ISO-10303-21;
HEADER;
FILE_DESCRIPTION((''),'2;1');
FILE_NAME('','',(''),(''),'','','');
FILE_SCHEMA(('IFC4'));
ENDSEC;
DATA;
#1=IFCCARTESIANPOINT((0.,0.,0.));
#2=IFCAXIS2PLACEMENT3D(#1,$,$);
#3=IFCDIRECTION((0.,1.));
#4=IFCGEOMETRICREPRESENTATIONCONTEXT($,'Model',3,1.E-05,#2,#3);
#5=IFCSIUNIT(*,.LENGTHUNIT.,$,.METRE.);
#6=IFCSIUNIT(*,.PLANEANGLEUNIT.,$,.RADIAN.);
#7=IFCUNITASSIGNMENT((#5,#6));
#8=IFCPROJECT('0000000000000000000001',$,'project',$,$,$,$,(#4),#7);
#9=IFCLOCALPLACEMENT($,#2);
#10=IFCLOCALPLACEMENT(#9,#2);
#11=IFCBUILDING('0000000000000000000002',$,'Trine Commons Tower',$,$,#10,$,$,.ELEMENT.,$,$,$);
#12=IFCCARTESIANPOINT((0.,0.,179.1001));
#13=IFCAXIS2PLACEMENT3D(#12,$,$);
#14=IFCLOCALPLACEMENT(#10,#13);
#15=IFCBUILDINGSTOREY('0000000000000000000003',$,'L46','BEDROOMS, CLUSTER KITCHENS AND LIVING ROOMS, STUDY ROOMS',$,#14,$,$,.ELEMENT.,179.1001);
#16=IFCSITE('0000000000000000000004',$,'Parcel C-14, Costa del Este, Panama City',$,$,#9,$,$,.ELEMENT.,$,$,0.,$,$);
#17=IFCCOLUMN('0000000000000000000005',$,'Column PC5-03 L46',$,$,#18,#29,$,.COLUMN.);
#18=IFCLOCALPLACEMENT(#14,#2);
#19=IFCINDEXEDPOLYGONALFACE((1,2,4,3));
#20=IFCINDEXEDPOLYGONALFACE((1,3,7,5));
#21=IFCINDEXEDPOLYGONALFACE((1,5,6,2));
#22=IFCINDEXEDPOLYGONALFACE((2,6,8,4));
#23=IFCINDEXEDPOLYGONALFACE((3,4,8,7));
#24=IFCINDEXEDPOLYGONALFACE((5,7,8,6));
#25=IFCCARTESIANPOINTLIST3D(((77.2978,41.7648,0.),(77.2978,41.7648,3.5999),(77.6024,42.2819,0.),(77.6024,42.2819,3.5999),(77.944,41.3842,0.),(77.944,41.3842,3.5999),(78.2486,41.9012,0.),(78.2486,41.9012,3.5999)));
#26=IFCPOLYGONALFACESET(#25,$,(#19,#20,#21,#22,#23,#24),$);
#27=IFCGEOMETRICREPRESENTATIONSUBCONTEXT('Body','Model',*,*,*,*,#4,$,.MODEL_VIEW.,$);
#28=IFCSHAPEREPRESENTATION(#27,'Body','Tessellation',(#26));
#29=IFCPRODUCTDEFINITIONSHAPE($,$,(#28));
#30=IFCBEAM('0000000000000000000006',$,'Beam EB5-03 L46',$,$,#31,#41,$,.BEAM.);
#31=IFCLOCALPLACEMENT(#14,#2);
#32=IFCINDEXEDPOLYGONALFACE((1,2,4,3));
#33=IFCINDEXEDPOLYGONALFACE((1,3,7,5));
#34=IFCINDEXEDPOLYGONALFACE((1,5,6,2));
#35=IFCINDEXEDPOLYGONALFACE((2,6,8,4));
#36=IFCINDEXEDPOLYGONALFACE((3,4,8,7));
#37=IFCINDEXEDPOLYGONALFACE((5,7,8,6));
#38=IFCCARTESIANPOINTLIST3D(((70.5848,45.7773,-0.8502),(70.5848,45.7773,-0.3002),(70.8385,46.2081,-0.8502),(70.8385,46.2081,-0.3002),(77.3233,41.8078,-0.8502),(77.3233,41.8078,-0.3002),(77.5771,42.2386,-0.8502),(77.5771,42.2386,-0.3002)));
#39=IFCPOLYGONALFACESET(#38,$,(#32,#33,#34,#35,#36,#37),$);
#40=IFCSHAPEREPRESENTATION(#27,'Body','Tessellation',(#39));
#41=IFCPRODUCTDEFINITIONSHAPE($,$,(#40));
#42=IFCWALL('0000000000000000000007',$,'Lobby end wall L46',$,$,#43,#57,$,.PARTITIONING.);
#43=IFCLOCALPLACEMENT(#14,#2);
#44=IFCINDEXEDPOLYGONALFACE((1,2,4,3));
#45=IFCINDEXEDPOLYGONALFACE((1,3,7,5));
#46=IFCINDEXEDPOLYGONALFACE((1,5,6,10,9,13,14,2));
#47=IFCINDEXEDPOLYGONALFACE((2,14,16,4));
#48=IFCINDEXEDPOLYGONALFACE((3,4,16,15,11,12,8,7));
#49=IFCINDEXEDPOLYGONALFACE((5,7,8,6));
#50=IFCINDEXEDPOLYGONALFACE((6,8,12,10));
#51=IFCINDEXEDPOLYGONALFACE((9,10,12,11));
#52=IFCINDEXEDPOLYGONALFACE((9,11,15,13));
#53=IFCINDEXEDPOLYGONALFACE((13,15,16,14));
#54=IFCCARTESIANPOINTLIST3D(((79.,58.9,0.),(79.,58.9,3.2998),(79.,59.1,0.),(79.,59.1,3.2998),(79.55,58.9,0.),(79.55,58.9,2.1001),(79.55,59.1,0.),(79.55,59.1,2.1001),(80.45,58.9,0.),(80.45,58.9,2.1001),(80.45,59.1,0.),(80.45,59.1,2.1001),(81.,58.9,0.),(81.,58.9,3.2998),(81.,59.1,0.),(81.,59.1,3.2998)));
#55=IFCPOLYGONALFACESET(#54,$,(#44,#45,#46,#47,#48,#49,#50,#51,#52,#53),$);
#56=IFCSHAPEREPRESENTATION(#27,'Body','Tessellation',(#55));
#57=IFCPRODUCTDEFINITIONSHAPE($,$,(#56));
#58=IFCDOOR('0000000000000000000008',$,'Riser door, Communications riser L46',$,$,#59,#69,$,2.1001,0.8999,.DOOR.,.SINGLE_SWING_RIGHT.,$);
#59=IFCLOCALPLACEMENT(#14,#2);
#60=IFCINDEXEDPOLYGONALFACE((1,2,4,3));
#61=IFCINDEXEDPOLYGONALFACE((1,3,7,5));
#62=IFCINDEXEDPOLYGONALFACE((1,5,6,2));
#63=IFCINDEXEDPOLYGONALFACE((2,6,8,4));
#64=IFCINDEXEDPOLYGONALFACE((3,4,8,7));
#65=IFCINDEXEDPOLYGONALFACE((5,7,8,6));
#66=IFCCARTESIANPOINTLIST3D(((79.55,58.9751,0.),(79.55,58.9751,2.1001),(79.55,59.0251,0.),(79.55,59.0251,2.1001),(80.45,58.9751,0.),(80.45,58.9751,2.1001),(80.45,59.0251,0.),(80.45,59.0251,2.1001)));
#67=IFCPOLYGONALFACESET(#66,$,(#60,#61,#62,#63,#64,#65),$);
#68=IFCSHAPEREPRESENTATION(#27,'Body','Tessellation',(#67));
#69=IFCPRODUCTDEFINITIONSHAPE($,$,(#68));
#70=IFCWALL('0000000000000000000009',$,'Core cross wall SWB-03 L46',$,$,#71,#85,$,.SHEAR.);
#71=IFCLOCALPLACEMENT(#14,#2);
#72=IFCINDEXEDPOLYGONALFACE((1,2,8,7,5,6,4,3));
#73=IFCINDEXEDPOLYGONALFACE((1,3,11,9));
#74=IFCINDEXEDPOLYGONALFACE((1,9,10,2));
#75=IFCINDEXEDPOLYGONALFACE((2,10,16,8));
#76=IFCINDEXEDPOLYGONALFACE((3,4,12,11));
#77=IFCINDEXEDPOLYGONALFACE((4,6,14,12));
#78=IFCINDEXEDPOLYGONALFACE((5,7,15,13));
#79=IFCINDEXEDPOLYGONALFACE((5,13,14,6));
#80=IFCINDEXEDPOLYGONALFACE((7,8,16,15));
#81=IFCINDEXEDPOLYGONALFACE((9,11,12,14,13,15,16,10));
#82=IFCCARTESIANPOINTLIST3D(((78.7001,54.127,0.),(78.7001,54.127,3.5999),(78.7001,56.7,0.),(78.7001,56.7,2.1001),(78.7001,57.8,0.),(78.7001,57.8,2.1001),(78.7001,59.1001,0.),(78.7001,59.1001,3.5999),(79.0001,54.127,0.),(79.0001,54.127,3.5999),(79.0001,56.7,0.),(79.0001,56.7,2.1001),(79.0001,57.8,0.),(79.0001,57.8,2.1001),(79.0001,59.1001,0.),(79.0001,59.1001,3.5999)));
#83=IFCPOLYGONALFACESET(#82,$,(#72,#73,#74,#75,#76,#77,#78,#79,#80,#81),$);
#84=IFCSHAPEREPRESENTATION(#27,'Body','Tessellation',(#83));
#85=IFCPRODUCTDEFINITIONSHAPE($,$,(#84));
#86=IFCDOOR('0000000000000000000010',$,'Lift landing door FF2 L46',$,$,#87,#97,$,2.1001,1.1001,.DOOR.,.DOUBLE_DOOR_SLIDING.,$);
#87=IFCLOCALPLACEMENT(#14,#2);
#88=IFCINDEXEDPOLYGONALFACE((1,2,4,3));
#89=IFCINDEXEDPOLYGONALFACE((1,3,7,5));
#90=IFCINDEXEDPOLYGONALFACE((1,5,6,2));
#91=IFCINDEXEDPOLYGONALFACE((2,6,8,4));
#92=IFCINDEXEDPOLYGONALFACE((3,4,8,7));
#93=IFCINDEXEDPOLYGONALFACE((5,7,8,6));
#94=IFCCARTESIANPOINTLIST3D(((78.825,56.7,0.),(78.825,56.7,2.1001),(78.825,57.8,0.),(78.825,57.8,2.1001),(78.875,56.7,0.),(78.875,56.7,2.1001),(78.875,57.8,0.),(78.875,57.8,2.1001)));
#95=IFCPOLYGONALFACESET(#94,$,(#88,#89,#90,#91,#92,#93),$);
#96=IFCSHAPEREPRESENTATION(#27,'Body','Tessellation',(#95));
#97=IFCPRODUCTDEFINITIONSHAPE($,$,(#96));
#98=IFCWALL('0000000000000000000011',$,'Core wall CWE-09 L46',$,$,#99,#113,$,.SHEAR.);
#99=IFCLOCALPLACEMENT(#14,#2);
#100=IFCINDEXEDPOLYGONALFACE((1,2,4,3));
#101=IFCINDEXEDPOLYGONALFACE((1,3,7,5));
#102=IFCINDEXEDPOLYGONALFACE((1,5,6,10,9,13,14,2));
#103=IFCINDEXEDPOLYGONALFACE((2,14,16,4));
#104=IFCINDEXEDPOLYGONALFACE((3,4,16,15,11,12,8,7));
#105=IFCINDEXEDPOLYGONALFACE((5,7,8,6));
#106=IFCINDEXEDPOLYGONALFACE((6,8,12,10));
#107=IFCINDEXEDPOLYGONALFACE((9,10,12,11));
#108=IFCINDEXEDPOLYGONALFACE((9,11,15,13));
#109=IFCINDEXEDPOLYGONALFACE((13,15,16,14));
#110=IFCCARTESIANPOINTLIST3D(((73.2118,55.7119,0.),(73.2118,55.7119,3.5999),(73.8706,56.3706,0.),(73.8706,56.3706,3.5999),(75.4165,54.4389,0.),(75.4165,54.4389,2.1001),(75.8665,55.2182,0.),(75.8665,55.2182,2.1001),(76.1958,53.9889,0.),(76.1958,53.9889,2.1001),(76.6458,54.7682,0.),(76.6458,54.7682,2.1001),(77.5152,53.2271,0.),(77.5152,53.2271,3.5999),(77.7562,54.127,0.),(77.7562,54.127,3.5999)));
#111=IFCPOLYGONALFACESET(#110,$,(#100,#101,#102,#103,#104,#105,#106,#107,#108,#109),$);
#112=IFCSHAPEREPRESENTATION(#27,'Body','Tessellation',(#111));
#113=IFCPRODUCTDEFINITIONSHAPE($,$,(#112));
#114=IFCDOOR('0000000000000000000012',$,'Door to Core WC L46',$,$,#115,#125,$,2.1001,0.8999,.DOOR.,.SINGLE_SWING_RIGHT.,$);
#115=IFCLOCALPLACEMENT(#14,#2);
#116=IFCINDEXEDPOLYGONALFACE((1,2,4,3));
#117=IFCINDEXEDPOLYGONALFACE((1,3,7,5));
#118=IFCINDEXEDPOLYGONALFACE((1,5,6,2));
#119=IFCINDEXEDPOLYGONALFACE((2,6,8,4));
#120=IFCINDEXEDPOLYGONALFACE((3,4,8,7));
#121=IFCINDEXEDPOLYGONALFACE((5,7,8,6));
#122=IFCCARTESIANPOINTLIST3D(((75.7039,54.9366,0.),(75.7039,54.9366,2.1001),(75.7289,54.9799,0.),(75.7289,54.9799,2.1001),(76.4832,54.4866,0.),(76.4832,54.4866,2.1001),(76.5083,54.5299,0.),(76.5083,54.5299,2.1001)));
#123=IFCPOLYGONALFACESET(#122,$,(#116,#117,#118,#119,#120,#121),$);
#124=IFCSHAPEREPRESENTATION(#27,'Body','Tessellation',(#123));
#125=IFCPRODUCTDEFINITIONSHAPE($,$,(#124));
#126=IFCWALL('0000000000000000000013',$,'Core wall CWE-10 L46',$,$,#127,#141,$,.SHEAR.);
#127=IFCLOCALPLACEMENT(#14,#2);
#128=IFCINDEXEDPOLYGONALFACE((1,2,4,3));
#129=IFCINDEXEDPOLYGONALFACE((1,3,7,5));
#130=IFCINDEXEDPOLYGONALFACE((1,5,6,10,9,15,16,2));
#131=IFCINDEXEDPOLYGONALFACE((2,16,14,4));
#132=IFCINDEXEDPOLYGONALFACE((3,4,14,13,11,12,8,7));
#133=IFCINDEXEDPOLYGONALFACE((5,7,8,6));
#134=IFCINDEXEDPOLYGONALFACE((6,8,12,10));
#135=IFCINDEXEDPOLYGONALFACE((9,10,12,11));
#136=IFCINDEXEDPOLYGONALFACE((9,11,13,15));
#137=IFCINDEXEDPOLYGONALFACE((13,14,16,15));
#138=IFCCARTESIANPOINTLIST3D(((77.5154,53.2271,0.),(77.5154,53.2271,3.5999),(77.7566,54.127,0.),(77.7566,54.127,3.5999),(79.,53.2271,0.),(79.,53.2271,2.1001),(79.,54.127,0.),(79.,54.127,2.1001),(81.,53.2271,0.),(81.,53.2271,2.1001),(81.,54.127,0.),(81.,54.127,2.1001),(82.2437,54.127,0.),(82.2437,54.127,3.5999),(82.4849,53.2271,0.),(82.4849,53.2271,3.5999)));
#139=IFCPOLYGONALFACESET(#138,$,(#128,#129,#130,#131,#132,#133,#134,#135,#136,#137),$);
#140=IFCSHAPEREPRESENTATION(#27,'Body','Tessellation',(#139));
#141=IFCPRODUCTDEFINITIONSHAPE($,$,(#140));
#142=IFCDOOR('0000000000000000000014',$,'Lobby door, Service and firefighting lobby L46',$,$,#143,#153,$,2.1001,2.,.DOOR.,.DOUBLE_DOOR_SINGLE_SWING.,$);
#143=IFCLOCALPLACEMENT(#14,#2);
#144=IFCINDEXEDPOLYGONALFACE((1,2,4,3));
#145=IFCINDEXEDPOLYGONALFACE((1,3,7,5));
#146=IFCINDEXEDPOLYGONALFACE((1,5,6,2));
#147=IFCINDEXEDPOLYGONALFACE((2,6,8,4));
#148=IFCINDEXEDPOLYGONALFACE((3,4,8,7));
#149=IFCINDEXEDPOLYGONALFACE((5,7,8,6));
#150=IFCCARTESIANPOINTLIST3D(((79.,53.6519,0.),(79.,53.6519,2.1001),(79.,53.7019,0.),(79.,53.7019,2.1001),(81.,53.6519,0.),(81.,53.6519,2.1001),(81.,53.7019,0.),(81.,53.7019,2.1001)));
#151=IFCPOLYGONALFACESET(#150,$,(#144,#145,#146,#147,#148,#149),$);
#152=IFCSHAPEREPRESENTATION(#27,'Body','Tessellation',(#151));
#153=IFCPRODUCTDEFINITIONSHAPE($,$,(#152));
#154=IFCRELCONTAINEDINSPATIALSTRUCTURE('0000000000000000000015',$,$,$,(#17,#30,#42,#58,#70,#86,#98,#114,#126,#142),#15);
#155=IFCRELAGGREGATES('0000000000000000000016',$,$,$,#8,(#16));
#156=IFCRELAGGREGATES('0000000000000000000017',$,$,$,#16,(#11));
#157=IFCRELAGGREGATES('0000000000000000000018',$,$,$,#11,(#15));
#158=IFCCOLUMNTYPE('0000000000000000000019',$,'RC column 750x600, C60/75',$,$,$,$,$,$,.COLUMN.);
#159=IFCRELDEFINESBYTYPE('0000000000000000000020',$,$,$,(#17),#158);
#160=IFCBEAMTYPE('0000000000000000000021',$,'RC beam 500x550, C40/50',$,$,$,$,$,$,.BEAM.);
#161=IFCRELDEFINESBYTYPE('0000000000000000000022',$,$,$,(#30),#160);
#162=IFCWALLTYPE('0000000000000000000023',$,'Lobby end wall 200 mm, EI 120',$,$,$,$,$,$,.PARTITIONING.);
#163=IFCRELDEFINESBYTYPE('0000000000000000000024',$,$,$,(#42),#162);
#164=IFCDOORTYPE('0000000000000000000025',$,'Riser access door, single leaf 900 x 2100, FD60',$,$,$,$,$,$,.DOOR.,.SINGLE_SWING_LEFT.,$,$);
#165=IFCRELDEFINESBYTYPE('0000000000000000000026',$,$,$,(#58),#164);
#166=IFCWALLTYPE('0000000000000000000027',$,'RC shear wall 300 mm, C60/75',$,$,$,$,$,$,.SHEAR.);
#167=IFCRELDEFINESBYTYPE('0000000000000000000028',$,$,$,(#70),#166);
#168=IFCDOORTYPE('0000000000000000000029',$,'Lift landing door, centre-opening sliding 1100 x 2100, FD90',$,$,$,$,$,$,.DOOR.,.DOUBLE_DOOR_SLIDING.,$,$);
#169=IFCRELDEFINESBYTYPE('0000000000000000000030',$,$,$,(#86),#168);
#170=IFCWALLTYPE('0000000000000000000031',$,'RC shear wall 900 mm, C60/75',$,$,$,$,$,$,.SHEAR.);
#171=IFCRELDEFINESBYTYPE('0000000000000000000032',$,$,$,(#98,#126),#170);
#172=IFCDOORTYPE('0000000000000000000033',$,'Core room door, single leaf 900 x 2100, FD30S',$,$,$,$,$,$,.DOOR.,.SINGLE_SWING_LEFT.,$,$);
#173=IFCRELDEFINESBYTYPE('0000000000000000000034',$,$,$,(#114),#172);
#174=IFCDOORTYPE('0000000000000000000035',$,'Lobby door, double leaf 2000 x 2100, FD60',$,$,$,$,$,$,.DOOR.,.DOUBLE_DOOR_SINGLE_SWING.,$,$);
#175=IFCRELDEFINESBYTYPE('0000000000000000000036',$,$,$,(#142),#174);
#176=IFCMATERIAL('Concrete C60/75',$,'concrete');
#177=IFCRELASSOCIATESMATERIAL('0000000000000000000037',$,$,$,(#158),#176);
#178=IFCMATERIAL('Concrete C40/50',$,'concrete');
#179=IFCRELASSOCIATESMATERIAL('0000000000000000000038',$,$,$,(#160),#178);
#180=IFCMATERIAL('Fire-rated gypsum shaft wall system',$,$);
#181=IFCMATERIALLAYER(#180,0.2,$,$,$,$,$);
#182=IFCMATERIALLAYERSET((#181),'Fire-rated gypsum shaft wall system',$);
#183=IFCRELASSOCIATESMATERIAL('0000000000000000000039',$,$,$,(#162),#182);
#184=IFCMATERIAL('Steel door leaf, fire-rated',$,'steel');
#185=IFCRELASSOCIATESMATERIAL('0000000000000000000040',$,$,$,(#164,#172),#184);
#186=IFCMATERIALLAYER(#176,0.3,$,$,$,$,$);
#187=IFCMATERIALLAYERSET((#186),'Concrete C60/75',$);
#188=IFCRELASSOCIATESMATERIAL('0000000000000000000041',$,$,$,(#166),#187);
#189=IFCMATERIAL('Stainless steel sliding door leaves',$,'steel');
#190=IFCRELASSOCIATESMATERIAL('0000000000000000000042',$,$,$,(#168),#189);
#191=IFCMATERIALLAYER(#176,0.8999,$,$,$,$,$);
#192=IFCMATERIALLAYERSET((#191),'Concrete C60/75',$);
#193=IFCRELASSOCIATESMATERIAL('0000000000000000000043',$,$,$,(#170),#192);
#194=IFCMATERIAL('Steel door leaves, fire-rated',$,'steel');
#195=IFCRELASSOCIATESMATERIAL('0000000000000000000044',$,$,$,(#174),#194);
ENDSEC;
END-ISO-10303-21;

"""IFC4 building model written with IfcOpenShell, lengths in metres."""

from ifc_helpers import new_model, si_unit, direction, frame, frame_2d, origin, origin_2d, place, context, subcontext, project, spatial, polyline, rectangle, outline, extrude, material, layer, layer_set, material_profile, profile_set, type_object, element, fill, save


model = new_model("IFC4")

# Units and contexts
model_context = context("Model", 3, precision=1e-05, world=origin(), true_north=direction((0.0, 1.0)))
body_context = subcontext(model_context, "Body", "Model", "MODEL_VIEW")
ifc_project = project(units=[si_unit("LENGTHUNIT", "METRE"), si_unit("PLANEANGLEUNIT", "RADIAN")], contexts=[model_context])

# Site, building, storey
site_placement = place(None, origin())
site = spatial("IfcSite", under=ifc_project, at=site_placement, Name="Parcel C-14, Costa del Este, Panama City", CompositionType="ELEMENT", RefElevation=0.0)
building_placement = place(site_placement, origin())
building = spatial("IfcBuilding", under=site, at=building_placement, Name="Trine Commons Tower", CompositionType="ELEMENT")
storey_placement = place(building_placement, frame((0.0, 0.0, 179.1001)))
storey = spatial("IfcBuildingStorey", under=building, at=storey_placement, Name="L46", Description="BEDROOMS, CLUSTER KITCHENS AND LIVING ROOMS, STUDY ROOMS", CompositionType="ELEMENT", Elevation=179.1001)

# Column
ifc_material_1 = material(Name="Concrete C60/75", Category="concrete")
ifc_material_profile_1 = material_profile(ifc_material_1, rectangle(XDim=0.75, YDim=0.6001, at=origin_2d()), Name="RC 750x600")
ifc_profile_set_1 = profile_set([ifc_material_profile_1], Name="Concrete C60/75")
column_type = type_object("IfcColumnType", Name="RC column 750x600, C60/75", PredefinedType="COLUMN", material=ifc_profile_set_1)
column_placement = place(storey_placement, frame((77.7732, 41.833, 0.0), z_axis=(0.0, 0.0, 1.0), x_axis=(-0.861629, 0.507538, 0.0)))
element("IfcColumn", 1, at=column_placement, inside=storey, type_object=column_type, Name="Column PC5-03 L46", PredefinedType="COLUMN", context=body_context, shape_type="SweptSolid", body=[
    extrude(rectangle(XDim=0.75, YDim=0.6001, at=origin_2d()), origin(), (0.0, 0.0, 1.0), 3.5999),
])

# Beam
ifc_material_2 = material(Name="Concrete C40/50", Category="concrete")
ifc_material_profile_2 = material_profile(ifc_material_2, rectangle(XDim=0.5, YDim=0.55, at=origin_2d()), Name="RC 500x550")
ifc_profile_set_2 = profile_set([ifc_material_profile_2], Name="Concrete C40/50")
beam_type = type_object("IfcBeamType", Name="RC beam 500x550, C40/50", PredefinedType="BEAM", material=ifc_profile_set_2)
beam_placement = place(storey_placement, frame((77.4502, 42.0232, -0.5752), z_axis=(-0.861619, 0.507556, 0.0), x_axis=(-0.507556, -0.861619, 0.0)))
element("IfcBeam", 2, at=beam_placement, inside=storey, type_object=beam_type, Name="Beam EB5-03 L46", PredefinedType="BEAM", context=body_context, shape_type="SweptSolid", body=[
    extrude(rectangle(XDim=0.5, YDim=0.55, at=origin_2d()), origin(), (0.0, 0.0, 1.0), 7.8208),
])

# Walls, openings, doors
ifc_material_3 = material(Name="Fire-rated gypsum shaft wall system")
ifc_layer_1 = layer(ifc_material_3, 0.2)
ifc_layer_set_1 = layer_set([ifc_layer_1], Name="Fire-rated gypsum shaft wall system")
wall_type_1 = type_object("IfcWallType", Name="Lobby end wall 200 mm, EI 120", PredefinedType="PARTITIONING", material=ifc_layer_set_1)
wall_1_placement = place(storey_placement, frame((79.0, 59.0, 0.0), z_axis=(0.0, 0.0, 1.0), x_axis=(1.0, 0.0, 0.0)))
wall_1 = element("IfcWall", 3, at=wall_1_placement, inside=storey, type_object=wall_type_1, Name="Lobby end wall L46", PredefinedType="PARTITIONING", context=body_context, shape_type="SweptSolid", body=[
    extrude(rectangle(XDim=2.0, YDim=0.2, at=frame_2d((1.0, 0.0))), origin(), (0.0, 0.0, 1.0), 3.2998),
])
opening_1_placement = place(wall_1_placement, frame((0.55, 0.0, 0.0)))
opening_1 = element("IfcOpeningElement", 4, at=opening_1_placement, cuts=wall_1, PredefinedType="OPENING", context=body_context, shape_type="SweptSolid", body=[
    extrude(rectangle(XDim=0.8999, YDim=2.1001, at=frame_2d((0.45, 1.05))), frame((0.0, 0.1099, 0.0), z_axis=(0.0, -1.0, 0.0), x_axis=(1.0, 0.0, 0.0)), (0.0, 0.0, 1.0), 0.22),
])
ifc_material_4 = material(Name="Steel door leaf, fire-rated", Category="steel")
door_type_1 = type_object("IfcDoorType", Name="Riser access door, single leaf 900 x 2100, FD60", OperationType="SINGLE_SWING_LEFT", PredefinedType="DOOR", material=ifc_material_4)
door_1_placement = place(opening_1_placement, frame((0.8999, 0.0, 0.0), z_axis=(0.0, 0.0, 1.0), x_axis=(-1.0, 0.0, 0.0)))
door_1 = element("IfcDoor", 5, at=door_1_placement, inside=storey, type_object=door_type_1, Name="Riser door, Communications riser L46", OperationType="SINGLE_SWING_RIGHT", OverallHeight=2.1001, OverallWidth=0.8999, PredefinedType="DOOR", context=body_context, shape_type="SweptSolid", body=[
    extrude(rectangle(XDim=0.8999, YDim=2.1001, at=frame_2d((0.45, 1.05))), frame((0.0, 0.0249, 0.0), z_axis=(0.0, -1.0, 0.0), x_axis=(1.0, 0.0, 0.0)), (0.0, 0.0, 1.0), 0.05),
])
fill(opening_1, door_1)
ifc_layer_2 = layer(ifc_material_1, 0.3)
ifc_layer_set_2 = layer_set([ifc_layer_2], Name="Concrete C60/75")
wall_type_2 = type_object("IfcWallType", Name="RC shear wall 300 mm, C60/75", PredefinedType="SHEAR", material=ifc_layer_set_2)
wall_2_placement = place(storey_placement, frame((78.8501, 59.1001, 0.0), z_axis=(0.0, 0.0, 1.0), x_axis=(0.0, -1.0, 0.0)))
wall_2 = element("IfcWall", 6, at=wall_2_placement, inside=storey, type_object=wall_type_2, Name="Core cross wall SWB-03 L46", PredefinedType="SHEAR", context=body_context, shape_type="SweptSolid", body=[
    extrude(rectangle(XDim=4.9731, YDim=0.3, at=frame_2d((2.4866, 0.0))), origin(), (0.0, 0.0, 1.0), 3.5999),
])
opening_2_placement = place(wall_2_placement, frame((1.3, 0.0, 0.0)))
opening_2 = element("IfcOpeningElement", 7, at=opening_2_placement, cuts=wall_2, PredefinedType="OPENING", context=body_context, shape_type="SweptSolid", body=[
    extrude(rectangle(XDim=1.1001, YDim=2.1001, at=frame_2d((0.55, 1.05))), frame((0.0, 0.1599, 0.0), z_axis=(0.0, -1.0, 0.0), x_axis=(1.0, 0.0, 0.0)), (0.0, 0.0, 1.0), 0.3201),
])
ifc_material_5 = material(Name="Stainless steel sliding door leaves", Category="steel")
door_type_2 = type_object("IfcDoorType", Name="Lift landing door, centre-opening sliding 1100 x 2100, FD90", OperationType="DOUBLE_DOOR_SLIDING", PredefinedType="DOOR", material=ifc_material_5)
door_2_placement = place(opening_2_placement, origin())
door_2 = element("IfcDoor", 8, at=door_2_placement, inside=storey, type_object=door_type_2, Name="Lift landing door FF2 L46", OperationType="DOUBLE_DOOR_SLIDING", OverallHeight=2.1001, OverallWidth=1.1001, PredefinedType="DOOR", context=body_context, shape_type="SweptSolid", body=[
    extrude(rectangle(XDim=1.1001, YDim=2.1001, at=frame_2d((0.55, 1.05))), frame((0.0, 0.0249, 0.0), z_axis=(0.0, -1.0, 0.0), x_axis=(1.0, 0.0, 0.0)), (0.0, 0.0, 1.0), 0.05),
])
fill(opening_2, door_2)
ifc_layer_3 = layer(ifc_material_1, 0.8999)
ifc_layer_set_3 = layer_set([ifc_layer_3], Name="Concrete C60/75")
wall_type_3 = type_object("IfcWallType", Name="RC shear wall 900 mm, C60/75", PredefinedType="SHEAR", material=ifc_layer_set_3)
wall_3_placement = place(storey_placement, frame((73.4368, 56.1016, 0.0), z_axis=(0.0, 0.0, 1.0), x_axis=(0.866003, -0.500039, 0.0)))
wall_3 = element("IfcWall", 9, at=wall_3_placement, inside=storey, type_object=wall_type_3, Name="Core wall CWE-09 L46", PredefinedType="SHEAR", context=body_context, shape_type="SweptSolid", body=[
    extrude(outline(polyline([(0.0, -0.45), (4.9692, -0.45), (4.728, 0.45), (0.2412, 0.45), (0.0, -0.45)])), origin(), (0.0, 0.0, 1.0), 3.5999),
])
opening_3_placement = place(wall_3_placement, frame((2.5459, 0.0, 0.0)))
opening_3 = element("IfcOpeningElement", 10, at=opening_3_placement, cuts=wall_3, PredefinedType="OPENING", context=body_context, shape_type="SweptSolid", body=[
    extrude(rectangle(XDim=0.8999, YDim=2.1001, at=frame_2d((0.45, 1.05))), frame((0.0, 0.46, 0.0), z_axis=(0.0, -1.0, 0.0), x_axis=(1.0, 0.0, 0.0)), (0.0, 0.0, 1.0), 0.9199),
])
door_type_3 = type_object("IfcDoorType", Name="Core room door, single leaf 900 x 2100, FD30S", OperationType="SINGLE_SWING_LEFT", PredefinedType="DOOR", material=ifc_material_4)
door_3_placement = place(opening_3_placement, origin())
door_3 = element("IfcDoor", 11, at=door_3_placement, inside=storey, type_object=door_type_3, Name="Door to Core WC L46", OperationType="SINGLE_SWING_RIGHT", OverallHeight=2.1001, OverallWidth=0.8999, PredefinedType="DOOR", context=body_context, shape_type="SweptSolid", body=[
    extrude(rectangle(XDim=0.8999, YDim=2.1001, at=frame_2d((0.45, 1.05))), frame((0.0, 0.1748, 0.0), z_axis=(0.0, -1.0, 0.0), x_axis=(1.0, 0.0, 0.0)), (0.0, 0.0, 1.0), 0.05),
])
fill(opening_3, door_3)
wall_4_placement = place(storey_placement, frame((77.5154, 53.677, 0.0), z_axis=(0.0, 0.0, 1.0), x_axis=(1.0, 0.0, 0.0)))
wall_4 = element("IfcWall", 12, at=wall_4_placement, inside=storey, type_object=wall_type_3, Name="Core wall CWE-10 L46", PredefinedType="SHEAR", context=body_context, shape_type="SweptSolid", body=[
    extrude(outline(polyline([(0.0, -0.45), (4.9695, -0.45), (4.7283, 0.45), (0.2412, 0.45), (0.0, -0.45)])), origin(), (0.0, 0.0, 1.0), 3.5999),
])
opening_4_placement = place(wall_4_placement, frame((1.4846, 0.0, 0.0)))
opening_4 = element("IfcOpeningElement", 13, at=opening_4_placement, cuts=wall_4, PredefinedType="OPENING", context=body_context, shape_type="SweptSolid", body=[
    extrude(rectangle(XDim=2.0, YDim=2.1001, at=frame_2d((1.0, 1.05))), frame((0.0, 0.46, 0.0), z_axis=(0.0, -1.0, 0.0), x_axis=(1.0, 0.0, 0.0)), (0.0, 0.0, 1.0), 0.9199),
])
ifc_material_6 = material(Name="Steel door leaves, fire-rated", Category="steel")
door_type_4 = type_object("IfcDoorType", Name="Lobby door, double leaf 2000 x 2100, FD60", OperationType="DOUBLE_DOOR_SINGLE_SWING", PredefinedType="DOOR", material=ifc_material_6)
door_4_placement = place(opening_4_placement, origin())
door_4 = element("IfcDoor", 14, at=door_4_placement, inside=storey, type_object=door_type_4, Name="Lobby door, Service and firefighting lobby L46", OperationType="DOUBLE_DOOR_SINGLE_SWING", OverallHeight=2.1001, OverallWidth=2.0, PredefinedType="DOOR", context=body_context, shape_type="SweptSolid", body=[
    extrude(rectangle(XDim=2.0, YDim=2.1001, at=frame_2d((1.0, 1.05))), frame((0.0, 0.0249, 0.0), z_axis=(0.0, -1.0, 0.0), x_axis=(1.0, 0.0, 0.0)), (0.0, 0.0, 1.0), 0.05),
])
fill(opening_4, door_4)

save(model, "model.ifc")
